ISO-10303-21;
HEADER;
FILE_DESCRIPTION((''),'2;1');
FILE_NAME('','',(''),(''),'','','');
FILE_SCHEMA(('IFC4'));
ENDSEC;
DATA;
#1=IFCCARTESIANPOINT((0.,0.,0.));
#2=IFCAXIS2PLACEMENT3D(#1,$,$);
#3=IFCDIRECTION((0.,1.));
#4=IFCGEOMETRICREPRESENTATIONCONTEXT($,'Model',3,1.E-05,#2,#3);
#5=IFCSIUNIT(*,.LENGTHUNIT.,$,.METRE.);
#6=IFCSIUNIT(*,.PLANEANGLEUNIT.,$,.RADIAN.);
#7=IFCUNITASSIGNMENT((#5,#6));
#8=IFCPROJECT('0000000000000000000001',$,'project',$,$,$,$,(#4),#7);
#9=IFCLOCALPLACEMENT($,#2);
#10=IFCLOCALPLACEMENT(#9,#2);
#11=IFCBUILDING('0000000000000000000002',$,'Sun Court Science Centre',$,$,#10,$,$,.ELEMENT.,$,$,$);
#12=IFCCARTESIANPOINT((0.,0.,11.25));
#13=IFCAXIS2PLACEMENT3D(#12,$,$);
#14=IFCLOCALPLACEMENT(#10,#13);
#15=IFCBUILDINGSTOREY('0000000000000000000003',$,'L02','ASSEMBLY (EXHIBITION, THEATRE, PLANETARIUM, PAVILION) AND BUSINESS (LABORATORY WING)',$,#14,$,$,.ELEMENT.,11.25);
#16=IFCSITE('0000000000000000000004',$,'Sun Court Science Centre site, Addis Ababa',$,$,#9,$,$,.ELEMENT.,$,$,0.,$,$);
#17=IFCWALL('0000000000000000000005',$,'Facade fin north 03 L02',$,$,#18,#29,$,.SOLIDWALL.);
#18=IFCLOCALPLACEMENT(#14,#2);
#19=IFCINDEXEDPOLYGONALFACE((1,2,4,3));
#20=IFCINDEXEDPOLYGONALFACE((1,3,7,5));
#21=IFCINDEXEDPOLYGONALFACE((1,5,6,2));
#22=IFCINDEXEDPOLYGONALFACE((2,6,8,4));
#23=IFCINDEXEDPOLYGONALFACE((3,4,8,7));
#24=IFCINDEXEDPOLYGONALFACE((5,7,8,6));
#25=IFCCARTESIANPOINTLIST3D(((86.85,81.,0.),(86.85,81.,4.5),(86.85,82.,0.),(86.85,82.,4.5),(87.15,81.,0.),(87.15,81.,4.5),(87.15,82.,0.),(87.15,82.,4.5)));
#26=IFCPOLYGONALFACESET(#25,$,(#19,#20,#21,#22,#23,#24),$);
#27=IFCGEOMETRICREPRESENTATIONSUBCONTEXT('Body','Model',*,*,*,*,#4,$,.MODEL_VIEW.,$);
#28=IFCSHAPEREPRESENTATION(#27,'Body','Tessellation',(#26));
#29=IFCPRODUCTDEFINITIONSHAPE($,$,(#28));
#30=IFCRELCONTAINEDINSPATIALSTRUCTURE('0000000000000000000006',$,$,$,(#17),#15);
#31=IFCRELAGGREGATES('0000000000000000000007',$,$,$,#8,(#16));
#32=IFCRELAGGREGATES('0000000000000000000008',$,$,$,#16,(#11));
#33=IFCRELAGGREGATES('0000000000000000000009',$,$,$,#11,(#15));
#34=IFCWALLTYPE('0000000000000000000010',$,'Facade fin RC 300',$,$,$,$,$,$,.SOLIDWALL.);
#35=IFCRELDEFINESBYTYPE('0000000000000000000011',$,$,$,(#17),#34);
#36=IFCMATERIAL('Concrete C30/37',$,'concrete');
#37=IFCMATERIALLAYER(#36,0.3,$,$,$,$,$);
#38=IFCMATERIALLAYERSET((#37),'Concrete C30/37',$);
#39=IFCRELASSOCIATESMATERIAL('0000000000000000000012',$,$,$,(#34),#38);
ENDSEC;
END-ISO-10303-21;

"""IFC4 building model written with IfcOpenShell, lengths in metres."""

from ifc_helpers import new_model, si_unit, direction, frame, frame_2d, origin, place, context, subcontext, project, spatial, rectangle, extrude, material, layer, layer_set, type_object, element, save


model = new_model("IFC4")

# Units and contexts
model_context = context("Model", 3, precision=1e-05, world=origin(), true_north=direction((0.0, 1.0)))
body_context = subcontext(model_context, "Body", "Model", "MODEL_VIEW")
ifc_project = project(units=[si_unit("LENGTHUNIT", "METRE"), si_unit("PLANEANGLEUNIT", "RADIAN")], contexts=[model_context])

# Site, building, storey
site_placement = place(None, origin())
site = spatial("IfcSite", under=ifc_project, at=site_placement, Name="Sun Court Science Centre site, Addis Ababa", CompositionType="ELEMENT", RefElevation=0.0)
building_placement = place(site_placement, origin())
building = spatial("IfcBuilding", under=site, at=building_placement, Name="Sun Court Science Centre", CompositionType="ELEMENT")
storey_placement = place(building_placement, frame((0.0, 0.0, 11.25)))
storey = spatial("IfcBuildingStorey", under=building, at=storey_placement, Name="L02", Description="ASSEMBLY (EXHIBITION, THEATRE, PLANETARIUM, PAVILION) AND BUSINESS (LABORATORY WING)", CompositionType="ELEMENT", Elevation=11.25)

# Wall
ifc_material_1 = material(Name="Concrete C30/37", Category="concrete")
ifc_layer_1 = layer(ifc_material_1, 0.3)
ifc_layer_set_1 = layer_set([ifc_layer_1], Name="Concrete C30/37")
wall_type = type_object("IfcWallType", Name="Facade fin RC 300", PredefinedType="SOLIDWALL", material=ifc_layer_set_1)
wall_placement = place(storey_placement, frame((87.0, 81.0, 0.0), z_axis=(0.0, 0.0, 1.0), x_axis=(0.0, 1.0, 0.0)))
element("IfcWall", 1, at=wall_placement, inside=storey, type_object=wall_type, Name="Facade fin north 03 L02", PredefinedType="SOLIDWALL", context=body_context, shape_type="SweptSolid", body=[
    extrude(rectangle(XDim=1.0, YDim=0.3, at=frame_2d((0.5, 0.0))), origin(), (0.0, 0.0, 1.0), 4.5),
])

save(model, "model.ifc")
